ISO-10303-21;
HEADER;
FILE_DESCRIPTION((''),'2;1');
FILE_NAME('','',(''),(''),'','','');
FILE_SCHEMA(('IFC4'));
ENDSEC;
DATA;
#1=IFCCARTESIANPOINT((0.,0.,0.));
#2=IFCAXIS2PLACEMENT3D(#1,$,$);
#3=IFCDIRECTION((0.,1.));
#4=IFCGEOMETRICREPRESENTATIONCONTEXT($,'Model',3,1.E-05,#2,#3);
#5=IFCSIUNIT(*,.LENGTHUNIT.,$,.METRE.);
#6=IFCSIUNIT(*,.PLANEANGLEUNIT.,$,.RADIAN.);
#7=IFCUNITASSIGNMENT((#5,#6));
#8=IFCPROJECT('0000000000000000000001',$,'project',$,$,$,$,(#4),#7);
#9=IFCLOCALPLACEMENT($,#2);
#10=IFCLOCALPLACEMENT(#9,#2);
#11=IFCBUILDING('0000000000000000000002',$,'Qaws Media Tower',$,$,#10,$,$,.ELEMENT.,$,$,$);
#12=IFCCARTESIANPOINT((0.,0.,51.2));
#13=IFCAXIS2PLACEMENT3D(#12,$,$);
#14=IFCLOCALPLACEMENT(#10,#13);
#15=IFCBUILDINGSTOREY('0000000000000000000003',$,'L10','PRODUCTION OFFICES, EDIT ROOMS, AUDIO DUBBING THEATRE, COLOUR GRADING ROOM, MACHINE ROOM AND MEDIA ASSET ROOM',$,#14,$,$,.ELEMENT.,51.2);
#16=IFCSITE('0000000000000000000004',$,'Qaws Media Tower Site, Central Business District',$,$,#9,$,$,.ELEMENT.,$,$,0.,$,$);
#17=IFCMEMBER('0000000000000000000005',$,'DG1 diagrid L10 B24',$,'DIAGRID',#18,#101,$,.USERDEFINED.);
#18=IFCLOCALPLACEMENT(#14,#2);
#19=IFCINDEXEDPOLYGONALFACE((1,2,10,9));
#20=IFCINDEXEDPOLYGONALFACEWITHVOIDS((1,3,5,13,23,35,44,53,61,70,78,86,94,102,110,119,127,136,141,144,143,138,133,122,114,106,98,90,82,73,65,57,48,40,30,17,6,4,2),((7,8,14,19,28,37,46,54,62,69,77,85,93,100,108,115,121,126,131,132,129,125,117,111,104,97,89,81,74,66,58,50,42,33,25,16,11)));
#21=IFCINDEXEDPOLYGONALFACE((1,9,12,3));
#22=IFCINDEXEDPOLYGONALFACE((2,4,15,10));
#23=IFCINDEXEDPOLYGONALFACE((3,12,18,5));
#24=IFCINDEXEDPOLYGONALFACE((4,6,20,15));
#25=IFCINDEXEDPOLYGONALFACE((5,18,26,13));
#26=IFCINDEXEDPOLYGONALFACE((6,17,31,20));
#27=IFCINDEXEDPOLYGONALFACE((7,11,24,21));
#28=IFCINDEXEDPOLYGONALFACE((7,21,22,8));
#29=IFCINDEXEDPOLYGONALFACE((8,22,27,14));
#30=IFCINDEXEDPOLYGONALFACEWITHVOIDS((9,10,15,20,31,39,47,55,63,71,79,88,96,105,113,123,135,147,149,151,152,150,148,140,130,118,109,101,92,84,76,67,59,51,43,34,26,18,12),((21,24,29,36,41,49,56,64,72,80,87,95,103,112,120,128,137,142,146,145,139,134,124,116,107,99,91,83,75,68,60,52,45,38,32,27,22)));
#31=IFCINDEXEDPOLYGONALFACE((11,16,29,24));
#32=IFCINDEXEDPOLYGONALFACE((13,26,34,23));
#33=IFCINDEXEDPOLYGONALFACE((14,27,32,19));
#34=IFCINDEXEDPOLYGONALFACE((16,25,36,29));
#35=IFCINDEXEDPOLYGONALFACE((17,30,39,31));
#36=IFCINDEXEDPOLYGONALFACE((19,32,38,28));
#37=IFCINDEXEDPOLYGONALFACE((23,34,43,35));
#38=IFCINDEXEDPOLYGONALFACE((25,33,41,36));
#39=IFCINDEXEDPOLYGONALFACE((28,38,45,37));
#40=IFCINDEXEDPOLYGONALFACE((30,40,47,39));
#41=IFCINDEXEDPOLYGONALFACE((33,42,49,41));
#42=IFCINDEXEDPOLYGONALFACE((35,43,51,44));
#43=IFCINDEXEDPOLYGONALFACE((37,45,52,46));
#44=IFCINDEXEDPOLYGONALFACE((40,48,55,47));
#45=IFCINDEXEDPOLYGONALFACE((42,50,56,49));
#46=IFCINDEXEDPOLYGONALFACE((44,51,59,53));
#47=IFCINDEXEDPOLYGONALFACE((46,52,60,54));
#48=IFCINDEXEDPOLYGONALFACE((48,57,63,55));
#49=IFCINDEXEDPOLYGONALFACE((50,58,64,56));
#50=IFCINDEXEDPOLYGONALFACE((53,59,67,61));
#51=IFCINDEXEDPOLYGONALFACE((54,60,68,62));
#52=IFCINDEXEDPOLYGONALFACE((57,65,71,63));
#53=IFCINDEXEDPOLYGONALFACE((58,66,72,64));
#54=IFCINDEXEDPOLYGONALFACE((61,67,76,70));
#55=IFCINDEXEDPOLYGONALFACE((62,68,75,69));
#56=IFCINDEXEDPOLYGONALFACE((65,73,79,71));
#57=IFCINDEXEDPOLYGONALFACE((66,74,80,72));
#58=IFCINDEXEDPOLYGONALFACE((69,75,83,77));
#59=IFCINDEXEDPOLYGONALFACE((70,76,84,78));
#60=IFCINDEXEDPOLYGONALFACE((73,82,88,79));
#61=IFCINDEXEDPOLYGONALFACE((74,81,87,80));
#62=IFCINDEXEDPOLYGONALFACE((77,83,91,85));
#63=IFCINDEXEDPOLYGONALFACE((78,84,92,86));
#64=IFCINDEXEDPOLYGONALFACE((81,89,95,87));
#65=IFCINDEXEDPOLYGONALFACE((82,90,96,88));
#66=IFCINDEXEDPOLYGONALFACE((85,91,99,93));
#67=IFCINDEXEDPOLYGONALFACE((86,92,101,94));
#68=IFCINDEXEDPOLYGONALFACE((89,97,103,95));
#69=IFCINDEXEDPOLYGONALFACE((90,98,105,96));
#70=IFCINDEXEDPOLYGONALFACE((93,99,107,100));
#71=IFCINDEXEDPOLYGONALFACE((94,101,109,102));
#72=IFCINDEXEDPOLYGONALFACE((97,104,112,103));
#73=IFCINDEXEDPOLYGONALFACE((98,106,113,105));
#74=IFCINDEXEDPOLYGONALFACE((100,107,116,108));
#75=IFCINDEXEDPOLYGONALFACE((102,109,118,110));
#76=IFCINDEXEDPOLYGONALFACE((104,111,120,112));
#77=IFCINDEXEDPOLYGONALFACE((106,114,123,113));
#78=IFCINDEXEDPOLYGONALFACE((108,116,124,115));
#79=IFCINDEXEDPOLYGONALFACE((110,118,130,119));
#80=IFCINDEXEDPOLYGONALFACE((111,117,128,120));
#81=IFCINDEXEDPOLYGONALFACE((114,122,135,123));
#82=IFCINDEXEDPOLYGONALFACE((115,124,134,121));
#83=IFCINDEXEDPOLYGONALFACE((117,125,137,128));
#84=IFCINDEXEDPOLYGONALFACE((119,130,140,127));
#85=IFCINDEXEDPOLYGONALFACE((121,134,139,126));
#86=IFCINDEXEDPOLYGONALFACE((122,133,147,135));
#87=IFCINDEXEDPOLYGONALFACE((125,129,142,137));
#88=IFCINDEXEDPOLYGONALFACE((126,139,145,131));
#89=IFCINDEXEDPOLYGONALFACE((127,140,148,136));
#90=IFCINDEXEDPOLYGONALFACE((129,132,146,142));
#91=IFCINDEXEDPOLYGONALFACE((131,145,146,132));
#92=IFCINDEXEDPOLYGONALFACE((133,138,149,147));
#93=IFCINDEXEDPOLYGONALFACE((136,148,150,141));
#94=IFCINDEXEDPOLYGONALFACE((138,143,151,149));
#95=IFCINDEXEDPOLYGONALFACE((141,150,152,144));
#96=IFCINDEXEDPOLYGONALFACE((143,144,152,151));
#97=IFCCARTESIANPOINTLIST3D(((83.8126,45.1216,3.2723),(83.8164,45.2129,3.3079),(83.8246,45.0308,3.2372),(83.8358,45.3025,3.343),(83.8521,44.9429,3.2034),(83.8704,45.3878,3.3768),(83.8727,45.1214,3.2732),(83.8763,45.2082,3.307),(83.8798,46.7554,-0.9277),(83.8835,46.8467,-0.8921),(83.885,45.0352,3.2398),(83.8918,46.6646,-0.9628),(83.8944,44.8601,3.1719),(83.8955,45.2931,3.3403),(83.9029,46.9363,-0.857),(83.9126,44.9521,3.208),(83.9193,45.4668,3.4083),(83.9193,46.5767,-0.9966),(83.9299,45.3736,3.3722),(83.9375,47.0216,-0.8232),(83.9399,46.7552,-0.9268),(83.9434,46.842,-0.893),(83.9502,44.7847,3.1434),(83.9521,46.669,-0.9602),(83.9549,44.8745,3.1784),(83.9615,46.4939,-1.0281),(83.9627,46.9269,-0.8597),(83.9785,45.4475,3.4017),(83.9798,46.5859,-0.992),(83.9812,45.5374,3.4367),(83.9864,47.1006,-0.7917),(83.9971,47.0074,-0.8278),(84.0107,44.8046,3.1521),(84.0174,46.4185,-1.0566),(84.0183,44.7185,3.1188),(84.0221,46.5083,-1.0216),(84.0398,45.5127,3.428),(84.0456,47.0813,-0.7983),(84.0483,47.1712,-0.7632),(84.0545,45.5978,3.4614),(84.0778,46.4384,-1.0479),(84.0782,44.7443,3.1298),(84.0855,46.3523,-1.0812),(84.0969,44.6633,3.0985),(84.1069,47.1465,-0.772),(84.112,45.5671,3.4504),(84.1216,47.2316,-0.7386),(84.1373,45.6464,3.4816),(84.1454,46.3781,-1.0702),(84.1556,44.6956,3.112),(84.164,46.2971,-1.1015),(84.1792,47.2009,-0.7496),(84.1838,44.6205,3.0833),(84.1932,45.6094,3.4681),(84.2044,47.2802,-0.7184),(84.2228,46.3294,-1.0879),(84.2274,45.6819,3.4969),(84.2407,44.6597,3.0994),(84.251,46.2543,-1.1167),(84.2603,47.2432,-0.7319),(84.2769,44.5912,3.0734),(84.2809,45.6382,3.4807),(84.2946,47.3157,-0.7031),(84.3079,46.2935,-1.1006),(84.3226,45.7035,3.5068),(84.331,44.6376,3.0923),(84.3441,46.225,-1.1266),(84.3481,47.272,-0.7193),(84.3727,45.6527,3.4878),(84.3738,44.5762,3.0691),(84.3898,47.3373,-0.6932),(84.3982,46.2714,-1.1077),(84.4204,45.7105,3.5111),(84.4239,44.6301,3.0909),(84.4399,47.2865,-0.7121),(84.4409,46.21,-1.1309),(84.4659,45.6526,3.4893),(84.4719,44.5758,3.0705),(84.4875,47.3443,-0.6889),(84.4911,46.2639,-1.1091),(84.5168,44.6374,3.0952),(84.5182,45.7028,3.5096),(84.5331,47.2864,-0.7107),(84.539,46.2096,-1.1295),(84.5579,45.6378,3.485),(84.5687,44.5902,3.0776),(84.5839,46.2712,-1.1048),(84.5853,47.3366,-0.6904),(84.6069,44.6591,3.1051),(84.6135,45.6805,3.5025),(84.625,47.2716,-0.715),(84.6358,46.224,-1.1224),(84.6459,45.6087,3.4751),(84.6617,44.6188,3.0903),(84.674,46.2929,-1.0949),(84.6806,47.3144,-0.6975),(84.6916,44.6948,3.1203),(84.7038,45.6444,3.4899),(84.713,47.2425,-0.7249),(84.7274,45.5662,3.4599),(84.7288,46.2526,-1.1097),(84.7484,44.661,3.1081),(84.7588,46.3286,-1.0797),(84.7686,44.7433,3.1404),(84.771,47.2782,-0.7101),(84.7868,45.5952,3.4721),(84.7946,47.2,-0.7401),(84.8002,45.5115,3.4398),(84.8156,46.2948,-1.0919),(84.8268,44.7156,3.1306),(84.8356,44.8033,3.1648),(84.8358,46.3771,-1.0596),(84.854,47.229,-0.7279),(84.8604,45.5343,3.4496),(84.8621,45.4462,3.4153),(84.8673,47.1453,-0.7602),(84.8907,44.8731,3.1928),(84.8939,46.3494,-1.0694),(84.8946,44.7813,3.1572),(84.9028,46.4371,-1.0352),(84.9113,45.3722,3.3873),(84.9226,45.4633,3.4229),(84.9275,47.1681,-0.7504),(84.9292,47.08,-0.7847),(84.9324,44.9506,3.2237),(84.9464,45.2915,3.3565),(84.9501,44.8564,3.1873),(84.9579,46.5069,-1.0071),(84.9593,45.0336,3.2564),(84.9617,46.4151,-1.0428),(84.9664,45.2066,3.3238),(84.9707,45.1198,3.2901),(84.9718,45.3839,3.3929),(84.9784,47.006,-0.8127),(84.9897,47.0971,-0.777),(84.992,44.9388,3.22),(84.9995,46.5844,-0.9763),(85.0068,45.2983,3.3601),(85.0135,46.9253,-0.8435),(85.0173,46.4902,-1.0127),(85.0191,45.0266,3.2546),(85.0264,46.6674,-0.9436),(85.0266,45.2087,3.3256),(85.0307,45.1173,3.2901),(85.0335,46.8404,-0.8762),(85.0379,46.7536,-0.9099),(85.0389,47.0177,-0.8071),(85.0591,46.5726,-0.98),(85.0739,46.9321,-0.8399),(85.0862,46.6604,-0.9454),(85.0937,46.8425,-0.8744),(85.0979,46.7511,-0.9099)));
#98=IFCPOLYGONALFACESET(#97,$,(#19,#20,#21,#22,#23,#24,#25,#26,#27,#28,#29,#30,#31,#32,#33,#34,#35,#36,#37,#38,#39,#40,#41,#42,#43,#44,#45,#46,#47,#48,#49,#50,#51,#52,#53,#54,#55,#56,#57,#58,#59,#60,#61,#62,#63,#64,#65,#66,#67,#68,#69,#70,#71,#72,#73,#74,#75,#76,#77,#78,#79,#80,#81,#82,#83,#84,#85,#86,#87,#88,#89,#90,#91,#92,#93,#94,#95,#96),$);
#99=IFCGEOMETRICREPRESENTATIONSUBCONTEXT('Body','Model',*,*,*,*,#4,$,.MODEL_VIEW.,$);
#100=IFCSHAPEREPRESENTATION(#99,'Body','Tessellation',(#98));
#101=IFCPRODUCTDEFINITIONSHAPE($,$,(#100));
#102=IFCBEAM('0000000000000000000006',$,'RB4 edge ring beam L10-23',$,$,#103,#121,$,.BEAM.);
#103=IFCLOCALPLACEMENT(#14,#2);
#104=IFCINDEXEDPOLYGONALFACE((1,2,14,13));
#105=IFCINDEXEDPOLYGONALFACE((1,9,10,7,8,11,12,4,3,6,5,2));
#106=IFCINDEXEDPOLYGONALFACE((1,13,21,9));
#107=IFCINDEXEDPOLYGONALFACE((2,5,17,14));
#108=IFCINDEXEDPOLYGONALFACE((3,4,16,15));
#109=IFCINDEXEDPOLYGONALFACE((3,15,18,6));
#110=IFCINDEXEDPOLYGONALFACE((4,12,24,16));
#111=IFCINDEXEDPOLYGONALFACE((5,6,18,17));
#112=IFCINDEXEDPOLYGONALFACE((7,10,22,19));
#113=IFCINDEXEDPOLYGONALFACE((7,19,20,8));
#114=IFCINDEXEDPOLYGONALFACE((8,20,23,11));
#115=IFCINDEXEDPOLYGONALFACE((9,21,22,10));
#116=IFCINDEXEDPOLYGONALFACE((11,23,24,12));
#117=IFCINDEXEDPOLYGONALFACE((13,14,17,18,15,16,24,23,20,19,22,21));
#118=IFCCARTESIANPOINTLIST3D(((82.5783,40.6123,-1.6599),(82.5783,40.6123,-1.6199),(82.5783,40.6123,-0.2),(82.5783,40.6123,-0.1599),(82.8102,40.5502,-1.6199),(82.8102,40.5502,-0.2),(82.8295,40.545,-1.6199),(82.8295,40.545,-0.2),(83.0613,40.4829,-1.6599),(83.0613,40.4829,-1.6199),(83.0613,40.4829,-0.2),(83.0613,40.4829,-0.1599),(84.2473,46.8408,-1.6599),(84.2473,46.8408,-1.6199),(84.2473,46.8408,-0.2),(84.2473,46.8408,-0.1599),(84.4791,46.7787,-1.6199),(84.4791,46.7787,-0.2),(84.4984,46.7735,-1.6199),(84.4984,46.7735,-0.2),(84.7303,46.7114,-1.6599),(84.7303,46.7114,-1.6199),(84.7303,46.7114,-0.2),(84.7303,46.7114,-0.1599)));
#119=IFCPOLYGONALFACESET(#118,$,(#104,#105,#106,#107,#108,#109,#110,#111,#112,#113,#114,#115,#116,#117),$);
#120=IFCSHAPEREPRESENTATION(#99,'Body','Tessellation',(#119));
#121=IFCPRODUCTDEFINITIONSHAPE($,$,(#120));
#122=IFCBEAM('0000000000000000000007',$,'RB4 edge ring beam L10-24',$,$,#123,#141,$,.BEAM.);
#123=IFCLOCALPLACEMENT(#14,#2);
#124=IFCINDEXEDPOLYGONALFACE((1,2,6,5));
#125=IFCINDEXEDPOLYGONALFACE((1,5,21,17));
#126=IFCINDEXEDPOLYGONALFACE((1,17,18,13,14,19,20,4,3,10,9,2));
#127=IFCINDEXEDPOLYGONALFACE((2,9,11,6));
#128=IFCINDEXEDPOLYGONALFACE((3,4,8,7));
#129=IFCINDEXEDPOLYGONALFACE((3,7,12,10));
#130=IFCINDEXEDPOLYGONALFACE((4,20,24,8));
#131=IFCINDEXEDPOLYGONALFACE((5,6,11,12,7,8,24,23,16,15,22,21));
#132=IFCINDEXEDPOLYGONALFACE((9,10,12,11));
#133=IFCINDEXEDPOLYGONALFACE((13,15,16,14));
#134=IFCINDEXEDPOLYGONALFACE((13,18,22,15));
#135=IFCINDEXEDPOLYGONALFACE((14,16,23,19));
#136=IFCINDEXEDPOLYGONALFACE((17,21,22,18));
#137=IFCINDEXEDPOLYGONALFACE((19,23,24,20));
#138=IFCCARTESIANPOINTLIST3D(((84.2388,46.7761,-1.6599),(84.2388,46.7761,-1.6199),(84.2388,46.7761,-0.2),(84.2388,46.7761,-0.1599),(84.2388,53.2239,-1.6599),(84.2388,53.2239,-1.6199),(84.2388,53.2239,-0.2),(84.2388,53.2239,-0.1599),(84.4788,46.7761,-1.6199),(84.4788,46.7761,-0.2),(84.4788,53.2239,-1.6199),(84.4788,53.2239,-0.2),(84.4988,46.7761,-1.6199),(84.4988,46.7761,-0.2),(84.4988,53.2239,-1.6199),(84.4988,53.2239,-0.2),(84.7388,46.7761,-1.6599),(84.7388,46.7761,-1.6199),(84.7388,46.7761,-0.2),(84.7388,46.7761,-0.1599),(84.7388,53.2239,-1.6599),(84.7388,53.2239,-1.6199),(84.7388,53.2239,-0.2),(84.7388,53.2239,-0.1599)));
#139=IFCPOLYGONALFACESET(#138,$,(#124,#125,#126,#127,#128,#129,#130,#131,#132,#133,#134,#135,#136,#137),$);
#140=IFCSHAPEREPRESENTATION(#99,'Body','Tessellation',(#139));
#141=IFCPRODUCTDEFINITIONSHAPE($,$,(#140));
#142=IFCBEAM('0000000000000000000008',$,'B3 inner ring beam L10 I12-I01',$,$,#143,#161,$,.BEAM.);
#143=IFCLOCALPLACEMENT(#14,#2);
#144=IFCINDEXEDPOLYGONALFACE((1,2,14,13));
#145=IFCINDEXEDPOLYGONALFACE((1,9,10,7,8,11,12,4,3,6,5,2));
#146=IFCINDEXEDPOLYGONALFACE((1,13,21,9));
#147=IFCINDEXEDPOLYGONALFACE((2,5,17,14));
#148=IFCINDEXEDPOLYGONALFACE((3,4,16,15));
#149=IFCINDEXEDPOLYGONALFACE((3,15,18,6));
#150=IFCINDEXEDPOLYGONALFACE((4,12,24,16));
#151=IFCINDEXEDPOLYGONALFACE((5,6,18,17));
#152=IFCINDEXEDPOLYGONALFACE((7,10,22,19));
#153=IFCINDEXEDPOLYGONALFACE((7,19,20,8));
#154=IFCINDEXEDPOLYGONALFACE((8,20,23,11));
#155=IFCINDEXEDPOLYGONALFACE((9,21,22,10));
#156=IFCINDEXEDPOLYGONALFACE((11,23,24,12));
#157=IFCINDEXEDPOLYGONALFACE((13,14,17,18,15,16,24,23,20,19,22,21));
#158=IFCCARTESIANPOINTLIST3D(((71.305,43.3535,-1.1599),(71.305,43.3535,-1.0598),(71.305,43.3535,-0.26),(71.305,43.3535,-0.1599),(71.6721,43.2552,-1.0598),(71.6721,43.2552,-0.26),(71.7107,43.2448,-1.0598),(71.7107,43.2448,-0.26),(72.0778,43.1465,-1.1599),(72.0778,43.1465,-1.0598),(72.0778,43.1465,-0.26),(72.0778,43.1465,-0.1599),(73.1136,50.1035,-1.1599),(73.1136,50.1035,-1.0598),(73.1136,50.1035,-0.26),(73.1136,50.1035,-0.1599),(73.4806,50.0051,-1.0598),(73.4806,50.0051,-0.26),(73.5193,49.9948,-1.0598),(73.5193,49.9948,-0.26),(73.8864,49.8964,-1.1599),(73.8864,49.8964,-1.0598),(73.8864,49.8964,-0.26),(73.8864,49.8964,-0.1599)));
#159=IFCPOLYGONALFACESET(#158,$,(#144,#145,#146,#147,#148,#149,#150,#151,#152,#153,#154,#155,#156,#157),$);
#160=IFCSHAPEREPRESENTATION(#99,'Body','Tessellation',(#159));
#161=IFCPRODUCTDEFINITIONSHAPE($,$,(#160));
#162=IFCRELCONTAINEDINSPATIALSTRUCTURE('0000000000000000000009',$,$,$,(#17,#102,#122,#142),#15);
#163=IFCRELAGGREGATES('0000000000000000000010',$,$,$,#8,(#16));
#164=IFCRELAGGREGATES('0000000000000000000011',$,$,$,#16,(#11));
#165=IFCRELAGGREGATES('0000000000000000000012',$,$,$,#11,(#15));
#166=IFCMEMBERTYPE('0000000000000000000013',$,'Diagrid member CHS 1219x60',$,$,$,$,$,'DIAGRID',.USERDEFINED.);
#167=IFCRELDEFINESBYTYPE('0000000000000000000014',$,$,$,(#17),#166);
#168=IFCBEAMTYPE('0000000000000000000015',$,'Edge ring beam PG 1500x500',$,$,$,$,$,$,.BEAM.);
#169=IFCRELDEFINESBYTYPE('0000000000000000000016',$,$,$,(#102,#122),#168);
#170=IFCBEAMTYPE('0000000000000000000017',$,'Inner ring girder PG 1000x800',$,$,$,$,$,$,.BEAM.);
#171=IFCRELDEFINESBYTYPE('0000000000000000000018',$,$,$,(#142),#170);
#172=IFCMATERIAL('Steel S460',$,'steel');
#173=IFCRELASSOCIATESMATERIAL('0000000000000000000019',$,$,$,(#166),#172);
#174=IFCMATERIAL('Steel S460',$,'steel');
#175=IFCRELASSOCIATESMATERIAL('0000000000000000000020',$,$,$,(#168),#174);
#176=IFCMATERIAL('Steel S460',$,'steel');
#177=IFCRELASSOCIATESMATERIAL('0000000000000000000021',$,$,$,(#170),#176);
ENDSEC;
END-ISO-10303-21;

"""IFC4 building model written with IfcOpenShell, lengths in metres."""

from ifc_helpers import new_model, si_unit, direction, frame, origin, origin_2d, place, context, subcontext, project, spatial, hollow_circle, i_section, extrude, material, material_profile, profile_set, type_object, element, save


model = new_model("IFC4")

# Units and contexts
model_context = context("Model", 3, precision=1e-05, world=origin(), true_north=direction((0.0, 1.0)))
body_context = subcontext(model_context, "Body", "Model", "MODEL_VIEW")
ifc_project = project(units=[si_unit("LENGTHUNIT", "METRE"), si_unit("PLANEANGLEUNIT", "RADIAN")], contexts=[model_context])

# Site, building, storey
site_placement = place(None, origin())
site = spatial("IfcSite", under=ifc_project, at=site_placement, Name="Qaws Media Tower Site, Central Business District", CompositionType="ELEMENT", RefElevation=0.0)
building_placement = place(site_placement, origin())
building = spatial("IfcBuilding", under=site, at=building_placement, Name="Qaws Media Tower", CompositionType="ELEMENT")
storey_placement = place(building_placement, frame((0.0, 0.0, 51.2)))
storey = spatial("IfcBuildingStorey", under=building, at=storey_placement, Name="L10", Description="PRODUCTION OFFICES, EDIT ROOMS, AUDIO DUBBING THEATRE, COLOUR GRADING ROOM, MACHINE ROOM AND MEDIA ASSET ROOM", CompositionType="ELEMENT", Elevation=51.2)

# Member
ifc_material_1 = material(Name="Steel S460", Category="steel")
ifc_material_profile_1 = material_profile(ifc_material_1, hollow_circle(Radius=0.6096, WallThickness=0.0601, at=origin_2d()), Name="CHS 1219x60")
ifc_profile_set_1 = profile_set([ifc_material_profile_1], Name="Steel S460")
member_type_1 = type_object("IfcMemberType", Name="Diagrid member CHS 1219x60", ElementType="DIAGRID", PredefinedType="USERDEFINED", material=ifc_profile_set_1)
for number, where, z_axis, x_axis, name in (
    (1, (84.4888, 46.7761, -0.9099), (-0.014896, -0.362498, 0.931866), (0.999157, -0.041059, 0.0), "DG1 diagrid L10 B24"),
):
    element("IfcMember", number, at=place(storey_placement, frame(where, z_axis=z_axis, x_axis=x_axis)), inside=storey, type_object=member_type_1, Name=name, ObjectType="DIAGRID", PredefinedType="USERDEFINED", context=body_context, shape_type="SweptSolid", body=[
        extrude(hollow_circle(Radius=0.6096, WallThickness=0.0601, at=origin_2d()), origin(), (0.0, 0.0, 1.0), 4.5071),
    ])

# Beams
ifc_material_2 = material(Name="Steel S460", Category="steel")
ifc_material_profile_2 = material_profile(ifc_material_2, i_section(OverallWidth=0.5, OverallDepth=1.5, WebThickness=0.02, FlangeThickness=0.04, at=origin_2d()), Name="PG 1500x500")
ifc_profile_set_2 = profile_set([ifc_material_profile_2], Name="Steel S460")
beam_type_1 = type_object("IfcBeamType", Name="Edge ring beam PG 1500x500", PredefinedType="BEAM", material=ifc_profile_set_2)
beam_1_placement = place(storey_placement, frame((82.8198, 40.5476, -0.9099), z_axis=(0.258822, 0.965925, 0.0), x_axis=(-0.965925, 0.258822, 0.0)))
element("IfcBeam", 2, at=beam_1_placement, inside=storey, type_object=beam_type_1, Name="RB4 edge ring beam L10-23", PredefinedType="BEAM", context=body_context, shape_type="SweptSolid", body=[
    extrude(i_section(OverallWidth=0.5, OverallDepth=1.5, WebThickness=0.02, FlangeThickness=0.04, at=origin_2d()), origin(), (0.0, 0.0, 1.0), 6.4482),
])
beam_2_placement = place(storey_placement, frame((84.4888, 46.7761, -0.9099), z_axis=(0.0, 1.0, 0.0), x_axis=(-1.0, 0.0, 0.0)))
element("IfcBeam", 3, at=beam_2_placement, inside=storey, type_object=beam_type_1, Name="RB4 edge ring beam L10-24", PredefinedType="BEAM", context=body_context, shape_type="SweptSolid", body=[
    extrude(i_section(OverallWidth=0.5, OverallDepth=1.5, WebThickness=0.02, FlangeThickness=0.04, at=origin_2d()), origin(), (0.0, 0.0, 1.0), 6.4478),
])
ifc_material_3 = material(Name="Steel S460", Category="steel")
ifc_material_profile_3 = material_profile(ifc_material_3, i_section(OverallWidth=0.8, OverallDepth=1.0, WebThickness=0.04, FlangeThickness=0.1001, at=origin_2d()), Name="PG 1000x800")
ifc_profile_set_3 = profile_set([ifc_material_profile_3], Name="Steel S460")
beam_type_2 = type_object("IfcBeamType", Name="Inner ring girder PG 1000x800", PredefinedType="BEAM", material=ifc_profile_set_3)
beam_3_placement = place(storey_placement, frame((71.6914, 43.25, -0.6599), z_axis=(0.258811, 0.965928, 0.0), x_axis=(-0.965928, 0.258811, 0.0)))
element("IfcBeam", 4, at=beam_3_placement, inside=storey, type_object=beam_type_2, Name="B3 inner ring beam L10 I12-I01", PredefinedType="BEAM", context=body_context, shape_type="SweptSolid", body=[
    extrude(i_section(OverallWidth=0.8, OverallDepth=1.0, WebThickness=0.04, FlangeThickness=0.1001, at=origin_2d()), origin(), (0.0, 0.0, 1.0), 6.988),
])

save(model, "model.ifc")
